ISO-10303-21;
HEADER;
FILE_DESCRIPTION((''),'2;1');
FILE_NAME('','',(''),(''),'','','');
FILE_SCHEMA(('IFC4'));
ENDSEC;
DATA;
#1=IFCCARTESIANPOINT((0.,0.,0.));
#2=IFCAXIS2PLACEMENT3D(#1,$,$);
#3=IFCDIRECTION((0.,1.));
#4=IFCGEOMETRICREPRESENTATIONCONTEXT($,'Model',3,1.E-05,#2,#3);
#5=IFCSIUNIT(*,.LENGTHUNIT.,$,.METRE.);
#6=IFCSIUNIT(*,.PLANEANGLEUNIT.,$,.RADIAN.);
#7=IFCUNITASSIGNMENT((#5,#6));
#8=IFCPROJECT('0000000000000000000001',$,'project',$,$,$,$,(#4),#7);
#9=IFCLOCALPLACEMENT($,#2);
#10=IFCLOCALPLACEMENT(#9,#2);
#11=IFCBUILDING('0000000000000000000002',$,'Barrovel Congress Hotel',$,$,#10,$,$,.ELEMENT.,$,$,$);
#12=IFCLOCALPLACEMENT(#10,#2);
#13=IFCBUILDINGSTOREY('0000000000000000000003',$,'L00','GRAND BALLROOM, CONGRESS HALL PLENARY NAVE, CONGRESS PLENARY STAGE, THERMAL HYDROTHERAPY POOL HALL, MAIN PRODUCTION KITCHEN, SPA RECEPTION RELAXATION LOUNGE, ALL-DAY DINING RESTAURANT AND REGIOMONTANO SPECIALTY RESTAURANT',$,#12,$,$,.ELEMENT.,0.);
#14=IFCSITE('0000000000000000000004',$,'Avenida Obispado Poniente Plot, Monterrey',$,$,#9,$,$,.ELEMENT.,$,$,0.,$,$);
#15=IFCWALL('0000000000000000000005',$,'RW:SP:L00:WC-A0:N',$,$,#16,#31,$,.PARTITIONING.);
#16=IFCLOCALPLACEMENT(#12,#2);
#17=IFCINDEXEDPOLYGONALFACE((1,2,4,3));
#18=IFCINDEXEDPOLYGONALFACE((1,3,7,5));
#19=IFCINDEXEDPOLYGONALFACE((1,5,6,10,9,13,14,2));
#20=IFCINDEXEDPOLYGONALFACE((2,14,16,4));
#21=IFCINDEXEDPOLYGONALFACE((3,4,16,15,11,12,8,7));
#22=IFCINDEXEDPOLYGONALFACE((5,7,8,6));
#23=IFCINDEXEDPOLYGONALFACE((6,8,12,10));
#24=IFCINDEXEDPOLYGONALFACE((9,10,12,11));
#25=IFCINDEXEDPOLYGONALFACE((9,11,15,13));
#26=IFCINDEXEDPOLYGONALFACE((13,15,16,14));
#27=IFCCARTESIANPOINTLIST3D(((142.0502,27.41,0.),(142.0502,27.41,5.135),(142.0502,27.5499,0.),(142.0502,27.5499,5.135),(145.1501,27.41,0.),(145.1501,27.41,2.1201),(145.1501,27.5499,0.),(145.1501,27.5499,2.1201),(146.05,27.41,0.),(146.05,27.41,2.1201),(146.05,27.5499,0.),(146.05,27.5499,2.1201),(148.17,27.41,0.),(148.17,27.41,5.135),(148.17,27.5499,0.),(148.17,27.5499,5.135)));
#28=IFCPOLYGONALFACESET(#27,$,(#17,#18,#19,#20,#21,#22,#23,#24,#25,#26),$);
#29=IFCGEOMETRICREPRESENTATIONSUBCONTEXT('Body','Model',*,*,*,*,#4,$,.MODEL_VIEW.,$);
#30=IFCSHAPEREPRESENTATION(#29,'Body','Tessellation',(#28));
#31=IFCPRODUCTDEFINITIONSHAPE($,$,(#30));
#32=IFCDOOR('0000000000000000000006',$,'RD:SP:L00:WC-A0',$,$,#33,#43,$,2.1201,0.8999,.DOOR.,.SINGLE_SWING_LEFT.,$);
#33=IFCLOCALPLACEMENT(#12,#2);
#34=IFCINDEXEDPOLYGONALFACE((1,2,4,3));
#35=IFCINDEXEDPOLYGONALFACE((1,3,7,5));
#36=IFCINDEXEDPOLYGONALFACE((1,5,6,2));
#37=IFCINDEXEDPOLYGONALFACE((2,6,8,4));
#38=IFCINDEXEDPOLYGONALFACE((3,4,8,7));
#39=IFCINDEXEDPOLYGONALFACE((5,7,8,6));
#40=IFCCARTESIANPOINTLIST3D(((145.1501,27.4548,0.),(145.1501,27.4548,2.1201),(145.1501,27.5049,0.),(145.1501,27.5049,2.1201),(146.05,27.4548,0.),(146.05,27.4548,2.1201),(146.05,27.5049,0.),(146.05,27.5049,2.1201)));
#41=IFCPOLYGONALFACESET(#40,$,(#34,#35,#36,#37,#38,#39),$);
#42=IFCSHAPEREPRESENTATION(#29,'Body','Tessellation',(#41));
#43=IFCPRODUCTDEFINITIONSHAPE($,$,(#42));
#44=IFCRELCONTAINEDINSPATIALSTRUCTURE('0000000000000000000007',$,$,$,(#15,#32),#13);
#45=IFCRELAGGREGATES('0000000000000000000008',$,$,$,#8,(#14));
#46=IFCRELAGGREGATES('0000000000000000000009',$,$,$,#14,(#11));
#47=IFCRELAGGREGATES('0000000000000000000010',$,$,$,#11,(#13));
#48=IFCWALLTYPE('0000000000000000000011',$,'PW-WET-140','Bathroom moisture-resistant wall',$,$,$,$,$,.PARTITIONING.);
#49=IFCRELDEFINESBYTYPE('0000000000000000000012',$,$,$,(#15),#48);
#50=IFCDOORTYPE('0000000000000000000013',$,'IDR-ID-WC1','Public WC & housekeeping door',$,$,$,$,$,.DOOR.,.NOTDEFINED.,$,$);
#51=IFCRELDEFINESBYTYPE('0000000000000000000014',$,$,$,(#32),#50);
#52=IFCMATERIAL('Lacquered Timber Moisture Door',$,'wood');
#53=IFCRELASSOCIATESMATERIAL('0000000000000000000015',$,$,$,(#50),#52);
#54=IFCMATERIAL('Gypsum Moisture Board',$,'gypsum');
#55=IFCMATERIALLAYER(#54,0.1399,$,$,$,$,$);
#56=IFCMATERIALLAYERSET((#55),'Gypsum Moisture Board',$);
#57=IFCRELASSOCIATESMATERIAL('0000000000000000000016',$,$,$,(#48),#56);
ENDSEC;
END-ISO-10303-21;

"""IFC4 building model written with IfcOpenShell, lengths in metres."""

from ifc_helpers import new_model, si_unit, direction, frame, frame_2d, origin, place, context, subcontext, project, spatial, rectangle, extrude, material, layer, layer_set, type_object, element, fill, save


model = new_model("IFC4")

# Units and contexts
model_context = context("Model", 3, precision=1e-05, world=origin(), true_north=direction((0.0, 1.0)))
body_context = subcontext(model_context, "Body", "Model", "MODEL_VIEW")
ifc_project = project(units=[si_unit("LENGTHUNIT", "METRE"), si_unit("PLANEANGLEUNIT", "RADIAN")], contexts=[model_context])

# Site, building, storey
site_placement = place(None, origin())
site = spatial("IfcSite", under=ifc_project, at=site_placement, Name="Avenida Obispado Poniente Plot, Monterrey", CompositionType="ELEMENT", RefElevation=0.0)
building_placement = place(site_placement, origin())
building = spatial("IfcBuilding", under=site, at=building_placement, Name="Barrovel Congress Hotel", CompositionType="ELEMENT")
storey_placement = place(building_placement, origin())
storey = spatial("IfcBuildingStorey", under=building, at=storey_placement, Name="L00", Description="GRAND BALLROOM, CONGRESS HALL PLENARY NAVE, CONGRESS PLENARY STAGE, THERMAL HYDROTHERAPY POOL HALL, MAIN PRODUCTION KITCHEN, SPA RECEPTION RELAXATION LOUNGE, ALL-DAY DINING RESTAURANT AND REGIOMONTANO SPECIALTY RESTAURANT", CompositionType="ELEMENT", Elevation=0.0)

# Shared definitions
ifc_material_1 = material(Name="Lacquered Timber Moisture Door", Category="wood")
door_type = type_object("IfcDoorType", Name="IDR-ID-WC1", Description="Public WC & housekeeping door", OperationType="NOTDEFINED", PredefinedType="DOOR", material=ifc_material_1)

# Shared definitions
ifc_material_2 = material(Name="Gypsum Moisture Board", Category="gypsum")
ifc_layer_1 = layer(ifc_material_2, 0.1399)
ifc_layer_set_1 = layer_set([ifc_layer_1], Name="Gypsum Moisture Board")
wall_type_1 = type_object("IfcWallType", Name="PW-WET-140", Description="Bathroom moisture-resistant wall", PredefinedType="PARTITIONING", material=ifc_layer_set_1)

# Wall, opening, door
wall_1_placement = place(storey_placement, frame((142.05, 27.48, 0.0), z_axis=(0.0, 0.0, 1.0), x_axis=(1.0, 0.0, 0.0)))
wall_1 = element("IfcWall", 1, at=wall_1_placement, inside=storey, type_object=wall_type_1, Name="RW:SP:L00:WC-A0:N", PredefinedType="PARTITIONING", context=body_context, shape_type="SweptSolid", body=[
    extrude(rectangle(XDim=6.1199, YDim=0.1399, at=frame_2d((3.0601, 0.0))), origin(), (0.0, 0.0, 1.0), 5.135),
])
opening_1_placement = place(wall_1_placement, frame((3.1001, 0.0, 0.0)))
opening_1 = element("IfcOpeningElement", 2, at=opening_1_placement, cuts=wall_1, PredefinedType="OPENING", context=body_context, shape_type="SweptSolid", body=[
    extrude(rectangle(XDim=0.8999, YDim=2.1201, at=frame_2d((0.45, 1.0601))), frame((0.0, 0.0801, 0.0), z_axis=(0.0, -1.0, 0.0), x_axis=(1.0, 0.0, 0.0)), (0.0, 0.0, 1.0), 0.1599),
])
door_1_placement = place(opening_1_placement, origin())
door_1 = element("IfcDoor", 3, at=door_1_placement, inside=storey, type_object=door_type, Name="RD:SP:L00:WC-A0", OperationType="SINGLE_SWING_LEFT", OverallHeight=2.1201, OverallWidth=0.8999, PredefinedType="DOOR", context=body_context, shape_type="SweptSolid", body=[
    extrude(rectangle(XDim=0.8999, YDim=2.1201, at=frame_2d((0.45, 1.0601))), frame((0.0, 0.0249, 0.0), z_axis=(0.0, -1.0, 0.0), x_axis=(1.0, 0.0, 0.0)), (0.0, 0.0, 1.0), 0.05),
])
fill(opening_1, door_1)

save(model, "model.ifc")
